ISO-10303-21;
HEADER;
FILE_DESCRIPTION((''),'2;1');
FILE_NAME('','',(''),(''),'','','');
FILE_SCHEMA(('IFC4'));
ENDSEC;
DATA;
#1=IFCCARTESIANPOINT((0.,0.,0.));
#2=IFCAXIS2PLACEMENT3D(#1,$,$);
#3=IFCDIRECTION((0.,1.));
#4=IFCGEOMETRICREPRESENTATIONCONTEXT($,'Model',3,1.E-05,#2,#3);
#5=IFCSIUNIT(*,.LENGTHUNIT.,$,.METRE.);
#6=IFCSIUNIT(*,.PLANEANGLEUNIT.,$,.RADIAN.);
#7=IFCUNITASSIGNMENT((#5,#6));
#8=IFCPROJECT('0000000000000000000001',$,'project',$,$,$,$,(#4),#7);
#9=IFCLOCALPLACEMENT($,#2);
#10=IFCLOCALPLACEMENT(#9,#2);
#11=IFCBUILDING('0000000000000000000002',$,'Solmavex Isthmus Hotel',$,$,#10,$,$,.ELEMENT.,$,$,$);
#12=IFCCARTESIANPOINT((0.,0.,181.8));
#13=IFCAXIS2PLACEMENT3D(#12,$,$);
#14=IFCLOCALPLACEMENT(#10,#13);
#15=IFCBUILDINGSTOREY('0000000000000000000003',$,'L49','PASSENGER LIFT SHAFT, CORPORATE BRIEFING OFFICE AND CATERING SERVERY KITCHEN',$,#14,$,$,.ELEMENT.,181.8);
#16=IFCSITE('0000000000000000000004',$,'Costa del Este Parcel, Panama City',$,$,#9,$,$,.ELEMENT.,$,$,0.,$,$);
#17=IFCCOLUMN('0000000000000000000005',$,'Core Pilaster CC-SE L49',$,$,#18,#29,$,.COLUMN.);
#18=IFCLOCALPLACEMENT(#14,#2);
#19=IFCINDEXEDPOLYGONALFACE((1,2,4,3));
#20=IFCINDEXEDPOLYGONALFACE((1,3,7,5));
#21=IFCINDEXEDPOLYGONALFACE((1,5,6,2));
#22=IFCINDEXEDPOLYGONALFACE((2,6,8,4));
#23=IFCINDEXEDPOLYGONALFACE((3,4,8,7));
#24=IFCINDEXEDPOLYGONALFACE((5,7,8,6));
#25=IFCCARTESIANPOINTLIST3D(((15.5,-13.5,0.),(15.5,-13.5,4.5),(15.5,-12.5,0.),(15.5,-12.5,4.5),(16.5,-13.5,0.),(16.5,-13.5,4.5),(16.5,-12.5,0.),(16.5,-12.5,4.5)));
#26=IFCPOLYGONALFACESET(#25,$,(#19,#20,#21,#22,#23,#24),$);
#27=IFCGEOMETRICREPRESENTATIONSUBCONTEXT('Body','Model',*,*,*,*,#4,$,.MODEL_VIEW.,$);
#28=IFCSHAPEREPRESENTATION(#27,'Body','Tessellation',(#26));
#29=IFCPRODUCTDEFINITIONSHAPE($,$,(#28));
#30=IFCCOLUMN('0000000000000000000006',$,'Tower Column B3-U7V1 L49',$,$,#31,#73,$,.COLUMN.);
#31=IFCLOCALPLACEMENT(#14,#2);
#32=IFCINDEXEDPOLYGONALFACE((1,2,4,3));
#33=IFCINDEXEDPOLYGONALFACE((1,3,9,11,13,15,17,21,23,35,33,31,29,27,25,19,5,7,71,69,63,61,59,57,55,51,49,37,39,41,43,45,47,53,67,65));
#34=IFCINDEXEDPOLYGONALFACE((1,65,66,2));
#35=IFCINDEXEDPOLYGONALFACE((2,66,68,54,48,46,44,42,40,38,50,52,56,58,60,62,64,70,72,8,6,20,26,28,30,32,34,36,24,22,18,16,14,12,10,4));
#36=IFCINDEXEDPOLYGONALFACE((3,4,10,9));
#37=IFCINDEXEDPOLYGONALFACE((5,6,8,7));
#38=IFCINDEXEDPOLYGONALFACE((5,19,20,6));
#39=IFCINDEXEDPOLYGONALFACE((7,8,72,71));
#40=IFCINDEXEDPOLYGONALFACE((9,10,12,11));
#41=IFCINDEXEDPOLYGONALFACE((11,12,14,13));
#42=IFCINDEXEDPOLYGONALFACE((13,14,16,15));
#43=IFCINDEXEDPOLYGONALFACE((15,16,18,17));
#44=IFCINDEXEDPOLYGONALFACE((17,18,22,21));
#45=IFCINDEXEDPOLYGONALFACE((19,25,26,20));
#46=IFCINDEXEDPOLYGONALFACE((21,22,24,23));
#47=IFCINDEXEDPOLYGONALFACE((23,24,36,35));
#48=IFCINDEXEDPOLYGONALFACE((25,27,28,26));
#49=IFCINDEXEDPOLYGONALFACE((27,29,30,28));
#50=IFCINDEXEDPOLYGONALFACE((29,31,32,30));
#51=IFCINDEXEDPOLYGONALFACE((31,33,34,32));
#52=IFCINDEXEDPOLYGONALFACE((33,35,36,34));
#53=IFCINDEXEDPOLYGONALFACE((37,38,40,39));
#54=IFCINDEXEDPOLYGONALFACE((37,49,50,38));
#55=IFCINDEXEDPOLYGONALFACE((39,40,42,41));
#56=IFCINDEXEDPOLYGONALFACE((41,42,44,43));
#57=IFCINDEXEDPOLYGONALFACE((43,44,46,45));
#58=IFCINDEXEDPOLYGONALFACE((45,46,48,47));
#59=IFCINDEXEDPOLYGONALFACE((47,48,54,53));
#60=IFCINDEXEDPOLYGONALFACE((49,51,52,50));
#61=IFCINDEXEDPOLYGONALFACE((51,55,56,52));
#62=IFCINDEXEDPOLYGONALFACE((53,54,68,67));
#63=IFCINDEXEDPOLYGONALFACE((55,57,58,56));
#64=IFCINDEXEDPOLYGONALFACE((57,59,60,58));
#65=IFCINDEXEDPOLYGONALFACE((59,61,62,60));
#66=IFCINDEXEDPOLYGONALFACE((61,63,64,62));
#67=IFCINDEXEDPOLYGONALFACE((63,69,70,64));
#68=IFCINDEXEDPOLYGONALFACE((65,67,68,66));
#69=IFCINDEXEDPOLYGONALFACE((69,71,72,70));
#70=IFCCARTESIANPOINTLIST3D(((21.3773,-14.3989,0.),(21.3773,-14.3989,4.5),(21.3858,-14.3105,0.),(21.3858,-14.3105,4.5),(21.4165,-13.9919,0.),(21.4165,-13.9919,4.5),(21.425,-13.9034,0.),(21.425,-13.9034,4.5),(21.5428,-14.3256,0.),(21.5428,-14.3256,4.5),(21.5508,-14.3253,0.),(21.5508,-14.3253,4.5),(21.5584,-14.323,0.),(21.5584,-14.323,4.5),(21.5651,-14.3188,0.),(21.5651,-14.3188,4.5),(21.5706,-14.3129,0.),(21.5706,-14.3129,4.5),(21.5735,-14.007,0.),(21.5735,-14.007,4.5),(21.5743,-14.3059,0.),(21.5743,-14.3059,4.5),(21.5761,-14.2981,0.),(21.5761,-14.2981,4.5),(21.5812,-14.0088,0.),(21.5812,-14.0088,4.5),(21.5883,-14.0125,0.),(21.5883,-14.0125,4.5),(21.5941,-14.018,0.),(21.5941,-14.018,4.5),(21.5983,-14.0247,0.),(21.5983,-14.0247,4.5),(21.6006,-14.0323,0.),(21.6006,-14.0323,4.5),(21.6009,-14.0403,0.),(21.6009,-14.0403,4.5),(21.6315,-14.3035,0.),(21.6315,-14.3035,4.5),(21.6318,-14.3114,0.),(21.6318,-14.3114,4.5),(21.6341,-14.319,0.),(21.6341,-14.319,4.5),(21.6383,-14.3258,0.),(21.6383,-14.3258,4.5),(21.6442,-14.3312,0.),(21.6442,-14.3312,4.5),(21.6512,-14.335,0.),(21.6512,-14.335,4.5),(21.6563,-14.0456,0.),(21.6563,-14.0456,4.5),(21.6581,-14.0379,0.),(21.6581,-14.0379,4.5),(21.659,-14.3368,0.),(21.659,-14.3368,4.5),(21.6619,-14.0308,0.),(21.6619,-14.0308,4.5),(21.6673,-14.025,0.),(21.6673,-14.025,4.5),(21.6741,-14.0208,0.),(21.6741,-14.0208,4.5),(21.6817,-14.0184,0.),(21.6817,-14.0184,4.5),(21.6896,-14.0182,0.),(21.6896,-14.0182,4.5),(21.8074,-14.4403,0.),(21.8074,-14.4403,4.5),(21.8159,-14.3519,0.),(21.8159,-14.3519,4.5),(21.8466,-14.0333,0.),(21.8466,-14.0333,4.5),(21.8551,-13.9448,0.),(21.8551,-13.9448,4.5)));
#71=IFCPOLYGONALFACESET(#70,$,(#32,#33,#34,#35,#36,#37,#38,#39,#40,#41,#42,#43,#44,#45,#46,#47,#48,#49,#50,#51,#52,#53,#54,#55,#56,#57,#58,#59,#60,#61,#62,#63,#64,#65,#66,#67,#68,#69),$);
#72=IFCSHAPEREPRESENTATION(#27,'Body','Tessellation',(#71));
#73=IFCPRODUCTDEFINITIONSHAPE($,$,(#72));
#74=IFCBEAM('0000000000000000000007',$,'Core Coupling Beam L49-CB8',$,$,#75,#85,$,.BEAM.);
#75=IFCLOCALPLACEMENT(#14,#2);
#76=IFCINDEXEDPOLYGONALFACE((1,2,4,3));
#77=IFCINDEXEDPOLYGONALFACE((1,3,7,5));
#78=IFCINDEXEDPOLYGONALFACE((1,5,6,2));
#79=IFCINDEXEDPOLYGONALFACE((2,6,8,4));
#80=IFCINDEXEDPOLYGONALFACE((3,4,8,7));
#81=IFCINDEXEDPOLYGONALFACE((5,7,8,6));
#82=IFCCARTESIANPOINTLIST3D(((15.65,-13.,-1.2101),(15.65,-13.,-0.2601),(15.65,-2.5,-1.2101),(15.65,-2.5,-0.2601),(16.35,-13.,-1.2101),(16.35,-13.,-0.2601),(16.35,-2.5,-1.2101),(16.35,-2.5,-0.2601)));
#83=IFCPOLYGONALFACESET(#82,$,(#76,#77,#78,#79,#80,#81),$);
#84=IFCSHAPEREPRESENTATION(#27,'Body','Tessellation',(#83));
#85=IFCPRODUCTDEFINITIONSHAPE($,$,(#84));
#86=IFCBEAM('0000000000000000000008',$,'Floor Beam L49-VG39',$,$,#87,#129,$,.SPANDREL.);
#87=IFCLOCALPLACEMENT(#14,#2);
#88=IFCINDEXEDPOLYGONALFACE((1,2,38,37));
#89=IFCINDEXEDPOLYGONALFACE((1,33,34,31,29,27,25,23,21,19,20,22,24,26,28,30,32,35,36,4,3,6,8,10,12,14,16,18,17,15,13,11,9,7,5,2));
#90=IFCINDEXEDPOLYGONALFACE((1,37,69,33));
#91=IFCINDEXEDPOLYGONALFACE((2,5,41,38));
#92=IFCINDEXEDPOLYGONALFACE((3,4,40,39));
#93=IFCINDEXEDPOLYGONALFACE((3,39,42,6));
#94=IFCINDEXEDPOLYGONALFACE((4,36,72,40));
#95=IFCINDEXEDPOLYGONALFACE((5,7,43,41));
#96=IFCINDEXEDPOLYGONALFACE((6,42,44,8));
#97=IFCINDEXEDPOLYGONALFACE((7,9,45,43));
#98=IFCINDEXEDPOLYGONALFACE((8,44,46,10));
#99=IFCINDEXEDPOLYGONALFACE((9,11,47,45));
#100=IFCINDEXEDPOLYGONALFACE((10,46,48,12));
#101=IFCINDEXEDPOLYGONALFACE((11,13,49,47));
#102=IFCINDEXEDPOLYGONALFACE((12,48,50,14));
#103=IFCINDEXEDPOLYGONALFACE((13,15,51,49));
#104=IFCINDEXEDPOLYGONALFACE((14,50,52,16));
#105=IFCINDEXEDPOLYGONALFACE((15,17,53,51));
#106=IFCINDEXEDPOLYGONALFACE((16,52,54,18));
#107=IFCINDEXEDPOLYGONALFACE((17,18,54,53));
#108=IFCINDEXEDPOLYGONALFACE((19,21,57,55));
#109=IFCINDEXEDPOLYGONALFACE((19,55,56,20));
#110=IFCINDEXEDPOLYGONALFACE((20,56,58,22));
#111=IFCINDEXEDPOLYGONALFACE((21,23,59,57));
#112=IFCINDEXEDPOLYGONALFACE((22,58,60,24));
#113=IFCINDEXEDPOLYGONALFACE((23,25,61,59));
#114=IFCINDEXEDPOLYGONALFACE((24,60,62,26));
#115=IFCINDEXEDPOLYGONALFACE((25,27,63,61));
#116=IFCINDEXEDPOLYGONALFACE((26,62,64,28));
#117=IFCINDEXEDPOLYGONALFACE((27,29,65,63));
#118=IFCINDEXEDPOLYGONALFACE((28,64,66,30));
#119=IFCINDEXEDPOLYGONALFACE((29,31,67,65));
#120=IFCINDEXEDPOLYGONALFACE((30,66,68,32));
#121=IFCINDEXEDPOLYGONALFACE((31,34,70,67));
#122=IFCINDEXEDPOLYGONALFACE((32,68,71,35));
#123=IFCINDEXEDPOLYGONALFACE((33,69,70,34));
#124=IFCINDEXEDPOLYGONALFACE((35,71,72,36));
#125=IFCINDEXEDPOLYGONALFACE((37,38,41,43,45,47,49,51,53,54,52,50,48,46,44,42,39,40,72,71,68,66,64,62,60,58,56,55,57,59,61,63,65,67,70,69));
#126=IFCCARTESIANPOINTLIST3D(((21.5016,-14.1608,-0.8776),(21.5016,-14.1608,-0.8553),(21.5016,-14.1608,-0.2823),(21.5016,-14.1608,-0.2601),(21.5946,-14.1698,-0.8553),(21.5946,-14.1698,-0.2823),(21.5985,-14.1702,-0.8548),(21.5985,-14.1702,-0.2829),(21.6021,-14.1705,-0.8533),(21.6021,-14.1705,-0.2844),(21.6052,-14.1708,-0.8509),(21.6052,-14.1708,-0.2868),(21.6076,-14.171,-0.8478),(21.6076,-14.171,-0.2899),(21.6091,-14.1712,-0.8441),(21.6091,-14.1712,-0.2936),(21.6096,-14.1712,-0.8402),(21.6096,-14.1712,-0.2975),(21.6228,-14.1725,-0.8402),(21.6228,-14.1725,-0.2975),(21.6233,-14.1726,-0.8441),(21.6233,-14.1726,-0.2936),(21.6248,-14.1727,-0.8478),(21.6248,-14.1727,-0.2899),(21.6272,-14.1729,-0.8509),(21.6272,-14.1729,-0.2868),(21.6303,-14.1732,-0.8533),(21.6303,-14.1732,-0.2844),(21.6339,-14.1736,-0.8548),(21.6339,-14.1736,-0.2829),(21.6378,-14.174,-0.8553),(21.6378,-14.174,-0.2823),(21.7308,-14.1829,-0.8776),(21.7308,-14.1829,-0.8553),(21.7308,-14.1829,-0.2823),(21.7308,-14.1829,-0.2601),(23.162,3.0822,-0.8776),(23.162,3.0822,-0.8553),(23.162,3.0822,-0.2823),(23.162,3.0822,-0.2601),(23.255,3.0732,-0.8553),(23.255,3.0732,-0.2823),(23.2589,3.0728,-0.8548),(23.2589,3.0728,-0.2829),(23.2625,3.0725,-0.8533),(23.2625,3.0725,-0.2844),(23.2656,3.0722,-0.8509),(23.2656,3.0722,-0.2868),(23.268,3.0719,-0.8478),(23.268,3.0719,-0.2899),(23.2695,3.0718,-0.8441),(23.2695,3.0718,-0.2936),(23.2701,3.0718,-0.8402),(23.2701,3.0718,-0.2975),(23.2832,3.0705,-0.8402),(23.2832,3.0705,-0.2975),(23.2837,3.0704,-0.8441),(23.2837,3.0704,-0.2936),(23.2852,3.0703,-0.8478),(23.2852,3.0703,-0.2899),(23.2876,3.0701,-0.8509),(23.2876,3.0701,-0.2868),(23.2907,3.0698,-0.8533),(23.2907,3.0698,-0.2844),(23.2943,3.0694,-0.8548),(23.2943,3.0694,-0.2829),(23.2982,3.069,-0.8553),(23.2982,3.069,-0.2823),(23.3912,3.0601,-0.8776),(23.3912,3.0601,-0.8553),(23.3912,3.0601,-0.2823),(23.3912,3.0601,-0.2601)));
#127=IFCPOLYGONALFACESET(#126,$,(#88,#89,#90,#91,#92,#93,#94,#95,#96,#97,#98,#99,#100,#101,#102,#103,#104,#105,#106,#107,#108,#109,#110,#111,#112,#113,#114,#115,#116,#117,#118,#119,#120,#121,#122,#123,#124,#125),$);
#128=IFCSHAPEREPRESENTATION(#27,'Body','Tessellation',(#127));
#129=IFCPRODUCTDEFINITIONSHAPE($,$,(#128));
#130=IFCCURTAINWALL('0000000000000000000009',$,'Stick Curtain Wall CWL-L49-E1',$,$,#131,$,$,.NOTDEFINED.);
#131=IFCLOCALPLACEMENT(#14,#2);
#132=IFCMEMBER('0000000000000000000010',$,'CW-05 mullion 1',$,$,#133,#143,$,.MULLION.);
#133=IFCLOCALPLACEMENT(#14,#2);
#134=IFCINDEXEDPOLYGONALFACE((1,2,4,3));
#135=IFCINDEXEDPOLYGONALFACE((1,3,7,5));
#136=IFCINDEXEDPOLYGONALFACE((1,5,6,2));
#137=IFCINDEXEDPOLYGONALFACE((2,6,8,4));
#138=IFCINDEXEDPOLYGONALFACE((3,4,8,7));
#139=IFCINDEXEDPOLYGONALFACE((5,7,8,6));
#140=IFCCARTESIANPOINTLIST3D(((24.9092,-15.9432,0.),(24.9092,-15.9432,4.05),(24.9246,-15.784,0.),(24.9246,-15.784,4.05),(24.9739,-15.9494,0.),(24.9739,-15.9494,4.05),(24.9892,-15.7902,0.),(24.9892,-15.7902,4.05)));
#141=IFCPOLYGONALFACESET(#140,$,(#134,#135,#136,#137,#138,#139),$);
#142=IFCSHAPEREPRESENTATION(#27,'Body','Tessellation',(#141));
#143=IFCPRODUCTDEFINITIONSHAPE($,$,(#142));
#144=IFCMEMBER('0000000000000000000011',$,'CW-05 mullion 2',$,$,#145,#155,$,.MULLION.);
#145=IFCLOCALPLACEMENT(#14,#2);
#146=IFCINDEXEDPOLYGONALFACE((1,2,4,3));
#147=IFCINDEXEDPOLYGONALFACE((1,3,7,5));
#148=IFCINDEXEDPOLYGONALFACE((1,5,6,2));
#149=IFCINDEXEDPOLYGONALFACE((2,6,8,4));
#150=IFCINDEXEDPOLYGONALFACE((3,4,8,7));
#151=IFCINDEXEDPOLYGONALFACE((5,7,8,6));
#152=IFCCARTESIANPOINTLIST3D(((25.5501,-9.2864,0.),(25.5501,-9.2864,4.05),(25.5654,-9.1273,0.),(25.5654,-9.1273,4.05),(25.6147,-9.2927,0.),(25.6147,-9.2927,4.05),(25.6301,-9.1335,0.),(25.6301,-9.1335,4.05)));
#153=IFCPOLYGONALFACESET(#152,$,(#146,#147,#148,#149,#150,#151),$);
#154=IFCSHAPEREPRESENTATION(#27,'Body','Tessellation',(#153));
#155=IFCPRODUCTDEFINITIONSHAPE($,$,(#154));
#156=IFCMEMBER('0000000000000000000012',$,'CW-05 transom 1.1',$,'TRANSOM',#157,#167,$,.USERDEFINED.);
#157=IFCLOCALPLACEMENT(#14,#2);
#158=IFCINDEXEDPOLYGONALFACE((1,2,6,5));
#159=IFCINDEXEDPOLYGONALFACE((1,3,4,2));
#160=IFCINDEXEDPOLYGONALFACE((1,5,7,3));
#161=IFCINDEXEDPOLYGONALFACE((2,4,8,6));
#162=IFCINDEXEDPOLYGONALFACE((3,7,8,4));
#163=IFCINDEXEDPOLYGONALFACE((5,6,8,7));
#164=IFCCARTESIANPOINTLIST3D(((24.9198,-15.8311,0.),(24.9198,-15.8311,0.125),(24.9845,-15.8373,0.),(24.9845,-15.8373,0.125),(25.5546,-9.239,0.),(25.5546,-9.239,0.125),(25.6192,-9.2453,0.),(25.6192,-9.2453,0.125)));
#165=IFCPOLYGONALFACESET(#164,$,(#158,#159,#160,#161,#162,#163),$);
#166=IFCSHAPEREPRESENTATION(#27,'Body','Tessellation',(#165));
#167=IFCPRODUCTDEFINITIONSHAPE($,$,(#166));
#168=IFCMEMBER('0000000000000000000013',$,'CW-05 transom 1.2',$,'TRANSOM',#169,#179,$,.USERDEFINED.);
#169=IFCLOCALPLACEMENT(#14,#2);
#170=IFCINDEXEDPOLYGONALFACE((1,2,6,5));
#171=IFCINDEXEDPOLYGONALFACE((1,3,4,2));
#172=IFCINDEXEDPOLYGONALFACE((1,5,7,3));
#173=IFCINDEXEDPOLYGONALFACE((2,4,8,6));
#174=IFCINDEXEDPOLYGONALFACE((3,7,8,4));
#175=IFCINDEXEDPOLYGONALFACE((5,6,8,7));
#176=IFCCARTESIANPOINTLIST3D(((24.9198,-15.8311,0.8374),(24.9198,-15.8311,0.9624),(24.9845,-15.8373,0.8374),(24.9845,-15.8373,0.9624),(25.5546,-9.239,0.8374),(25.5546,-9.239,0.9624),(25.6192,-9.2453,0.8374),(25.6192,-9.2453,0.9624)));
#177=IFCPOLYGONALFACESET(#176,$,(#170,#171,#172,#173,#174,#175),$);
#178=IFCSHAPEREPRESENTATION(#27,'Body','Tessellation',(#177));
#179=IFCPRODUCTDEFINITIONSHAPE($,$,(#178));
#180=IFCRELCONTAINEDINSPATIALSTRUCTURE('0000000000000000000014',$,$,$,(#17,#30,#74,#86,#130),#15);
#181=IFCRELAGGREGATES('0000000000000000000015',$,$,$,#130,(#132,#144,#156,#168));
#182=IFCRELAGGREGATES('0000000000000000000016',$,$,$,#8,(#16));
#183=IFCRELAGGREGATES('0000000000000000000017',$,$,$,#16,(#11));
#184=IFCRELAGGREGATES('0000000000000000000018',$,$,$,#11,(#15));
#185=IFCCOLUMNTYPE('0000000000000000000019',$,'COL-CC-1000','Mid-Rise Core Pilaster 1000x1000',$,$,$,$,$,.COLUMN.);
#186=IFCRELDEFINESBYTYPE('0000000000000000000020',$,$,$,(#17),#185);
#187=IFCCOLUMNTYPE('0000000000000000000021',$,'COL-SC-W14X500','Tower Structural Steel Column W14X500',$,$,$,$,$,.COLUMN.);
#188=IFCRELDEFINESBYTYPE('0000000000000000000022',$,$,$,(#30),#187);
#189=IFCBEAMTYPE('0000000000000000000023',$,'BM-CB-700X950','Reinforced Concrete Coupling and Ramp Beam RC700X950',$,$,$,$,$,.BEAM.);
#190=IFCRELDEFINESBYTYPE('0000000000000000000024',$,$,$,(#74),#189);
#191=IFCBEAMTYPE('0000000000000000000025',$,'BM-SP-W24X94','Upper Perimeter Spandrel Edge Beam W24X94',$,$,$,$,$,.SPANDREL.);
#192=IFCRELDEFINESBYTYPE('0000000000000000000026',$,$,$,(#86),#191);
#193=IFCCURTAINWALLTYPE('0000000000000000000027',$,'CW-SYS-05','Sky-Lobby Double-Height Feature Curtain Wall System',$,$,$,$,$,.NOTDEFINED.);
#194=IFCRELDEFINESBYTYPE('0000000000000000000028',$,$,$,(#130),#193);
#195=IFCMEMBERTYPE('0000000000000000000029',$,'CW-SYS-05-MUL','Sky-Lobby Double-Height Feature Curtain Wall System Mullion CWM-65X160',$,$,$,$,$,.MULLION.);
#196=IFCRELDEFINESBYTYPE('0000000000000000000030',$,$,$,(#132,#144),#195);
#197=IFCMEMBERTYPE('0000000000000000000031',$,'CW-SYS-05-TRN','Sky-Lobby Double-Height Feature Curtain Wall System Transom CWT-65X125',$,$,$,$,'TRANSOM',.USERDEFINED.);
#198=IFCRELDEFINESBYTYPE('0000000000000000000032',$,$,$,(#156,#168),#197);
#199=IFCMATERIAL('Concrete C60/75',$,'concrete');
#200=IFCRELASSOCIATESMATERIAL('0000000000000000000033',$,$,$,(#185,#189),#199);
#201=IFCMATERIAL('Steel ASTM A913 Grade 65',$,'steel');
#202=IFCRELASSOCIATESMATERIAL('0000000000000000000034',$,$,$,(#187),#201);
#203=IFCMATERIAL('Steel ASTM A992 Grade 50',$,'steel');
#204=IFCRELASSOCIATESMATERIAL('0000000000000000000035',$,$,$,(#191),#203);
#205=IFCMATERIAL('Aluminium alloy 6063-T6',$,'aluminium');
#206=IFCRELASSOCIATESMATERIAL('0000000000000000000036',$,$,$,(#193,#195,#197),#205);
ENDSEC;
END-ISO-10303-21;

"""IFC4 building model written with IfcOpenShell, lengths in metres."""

from ifc_helpers import new_model, si_unit, direction, frame, origin, origin_2d, place, context, subcontext, project, spatial, rectangle, i_section, extrude, material, material_profile, profile_set, type_object, element, aggregate, save


model = new_model("IFC4")

# Units and contexts
model_context = context("Model", 3, precision=1e-05, world=origin(), true_north=direction((0.0, 1.0)))
body_context = subcontext(model_context, "Body", "Model", "MODEL_VIEW")
ifc_project = project(units=[si_unit("LENGTHUNIT", "METRE"), si_unit("PLANEANGLEUNIT", "RADIAN")], contexts=[model_context])

# Site, building, storey
site_placement = place(None, origin())
site = spatial("IfcSite", under=ifc_project, at=site_placement, Name="Costa del Este Parcel, Panama City", CompositionType="ELEMENT", RefElevation=0.0)
building_placement = place(site_placement, origin())
building = spatial("IfcBuilding", under=site, at=building_placement, Name="Solmavex Isthmus Hotel", CompositionType="ELEMENT")
storey_placement = place(building_placement, frame((0.0, 0.0, 181.8)))
storey = spatial("IfcBuildingStorey", under=building, at=storey_placement, Name="L49", Description="PASSENGER LIFT SHAFT, CORPORATE BRIEFING OFFICE AND CATERING SERVERY KITCHEN", CompositionType="ELEMENT", Elevation=181.8)

# Columns
ifc_material_1 = material(Name="Concrete C60/75", Category="concrete")
ifc_material_profile_1 = material_profile(ifc_material_1, rectangle(XDim=1.0, YDim=1.0, at=origin_2d()), Name="RC1000X1000")
ifc_profile_set_1 = profile_set([ifc_material_profile_1], Name="Concrete C60/75")
column_type_1 = type_object("IfcColumnType", Name="COL-CC-1000", Description="Mid-Rise Core Pilaster 1000x1000", PredefinedType="COLUMN", material=ifc_profile_set_1)
column_1_placement = place(storey_placement, frame((16.0, -13.0, 0.0), z_axis=(0.0, 0.0, 1.0), x_axis=(1.0, 0.0, 0.0)))
element("IfcColumn", 1, at=column_1_placement, inside=storey, type_object=column_type_1, Name="Core Pilaster CC-SE L49", PredefinedType="COLUMN", context=body_context, shape_type="SweptSolid", body=[
    extrude(rectangle(XDim=1.0, YDim=1.0, at=origin_2d()), origin(), (0.0, 0.0, 1.0), 4.5),
])
ifc_material_2 = material(Name="Steel ASTM A913 Grade 65", Category="steel")
ifc_material_profile_2 = material_profile(ifc_material_2, i_section(OverallWidth=0.4321, OverallDepth=0.4978, WebThickness=0.0557, FlangeThickness=0.0889, FilletRadius=0.0305, at=origin_2d()), Name="W14X500")
ifc_profile_set_2 = profile_set([ifc_material_profile_2], Name="Steel ASTM A913 Grade 65")
column_type_2 = type_object("IfcColumnType", Name="COL-SC-W14X500", Description="Tower Structural Steel Column W14X500", PredefinedType="COLUMN", material=ifc_profile_set_2)
column_2_placement = place(storey_placement, frame((21.6162, -14.1719, 0.0), z_axis=(0.0, 0.0, 1.0), x_axis=(0.995396, -0.095846, 0.0)))
element("IfcColumn", 2, at=column_2_placement, inside=storey, type_object=column_type_2, Name="Tower Column B3-U7V1 L49", PredefinedType="COLUMN", context=body_context, shape_type="SweptSolid", body=[
    extrude(i_section(OverallWidth=0.4321, OverallDepth=0.4978, WebThickness=0.0557, FlangeThickness=0.0889, FilletRadius=0.0305, at=origin_2d()), origin(), (0.0, 0.0, 1.0), 4.5),
])

# Beams
ifc_material_profile_3 = material_profile(ifc_material_1, rectangle(XDim=0.7, YDim=0.95, at=origin_2d()), Name="RC700X950")
ifc_profile_set_3 = profile_set([ifc_material_profile_3], Name="Concrete C60/75")
beam_type_1 = type_object("IfcBeamType", Name="BM-CB-700X950", Description="Reinforced Concrete Coupling and Ramp Beam RC700X950", PredefinedType="BEAM", material=ifc_profile_set_3)
beam_1_placement = place(storey_placement, frame((16.0, -13.0, -0.7351), z_axis=(0.0, 1.0, 0.0), x_axis=(-1.0, 0.0, 0.0)))
element("IfcBeam", 3, at=beam_1_placement, inside=storey, type_object=beam_type_1, Name="Core Coupling Beam L49-CB8", PredefinedType="BEAM", context=body_context, shape_type="SweptSolid", body=[
    extrude(rectangle(XDim=0.7, YDim=0.95, at=origin_2d()), origin(), (0.0, 0.0, 1.0), 10.5),
])
ifc_material_3 = material(Name="Steel ASTM A992 Grade 50", Category="steel")
ifc_material_profile_4 = material_profile(ifc_material_3, i_section(OverallWidth=0.2302, OverallDepth=0.6174, WebThickness=0.0132, FlangeThickness=0.0222, FilletRadius=0.0151, at=origin_2d()), Name="W24X94")
ifc_profile_set_4 = profile_set([ifc_material_profile_4], Name="Steel ASTM A992 Grade 50")
beam_type_2 = type_object("IfcBeamType", Name="BM-SP-W24X94", Description="Upper Perimeter Spandrel Edge Beam W24X94", PredefinedType="SPANDREL", material=ifc_profile_set_4)
beam_2_placement = place(storey_placement, frame((21.6162, -14.1719, -0.5688), z_axis=(0.095851, 0.995396, 0.0), x_axis=(-0.995396, 0.095851, 0.0)))
element("IfcBeam", 4, at=beam_2_placement, inside=storey, type_object=beam_type_2, Name="Floor Beam L49-VG39", PredefinedType="SPANDREL", context=body_context, shape_type="SweptSolid", body=[
    extrude(i_section(OverallWidth=0.2302, OverallDepth=0.6174, WebThickness=0.0132, FlangeThickness=0.0222, FilletRadius=0.0151, at=origin_2d()), origin(), (0.0, 0.0, 1.0), 17.3228),
])

# Curtain wall, members
ifc_material_4 = material(Name="Aluminium alloy 6063-T6", Category="aluminium")
curtain_wall_type = type_object("IfcCurtainWallType", Name="CW-SYS-05", Description="Sky-Lobby Double-Height Feature Curtain Wall System", PredefinedType="NOTDEFINED", material=ifc_material_4)
curtain_wall_placement = place(storey_placement, origin())
curtain_wall = element("IfcCurtainWall", 5, at=curtain_wall_placement, inside=storey, type_object=curtain_wall_type, Name="Stick Curtain Wall CWL-L49-E1", PredefinedType="NOTDEFINED")
ifc_material_profile_5 = material_profile(ifc_material_4, rectangle(XDim=0.0649, YDim=0.1599, at=origin_2d()), Name="CWM-65X160")
ifc_profile_set_5 = profile_set([ifc_material_profile_5], Name="Aluminium alloy 6063-T6")
member_type_1 = type_object("IfcMemberType", Name="CW-SYS-05-MUL", Description="Sky-Lobby Double-Height Feature Curtain Wall System Mullion CWM-65X160", PredefinedType="MULLION", material=ifc_profile_set_5)
member_1_placement = place(storey_placement, frame((24.9492, -15.8667, 0.0), z_axis=(0.0, 0.0, 1.0), x_axis=(-0.995396, 0.095846, 0.0)))
member_1 = element("IfcMember", 6, at=member_1_placement, type_object=member_type_1, Name="CW-05 mullion 1", PredefinedType="MULLION", context=body_context, shape_type="SweptSolid", body=[
    extrude(rectangle(XDim=0.0649, YDim=0.1599, at=origin_2d()), origin(), (0.0, 0.0, 1.0), 4.05),
])
member_2_placement = place(storey_placement, frame((25.5901, -9.21, 0.0), z_axis=(0.0, 0.0, 1.0), x_axis=(-0.995396, 0.095846, 0.0)))
member_2 = element("IfcMember", 7, at=member_2_placement, type_object=member_type_1, Name="CW-05 mullion 2", PredefinedType="MULLION", context=body_context, shape_type="SweptSolid", body=[
    extrude(rectangle(XDim=0.0649, YDim=0.1599, at=origin_2d()), origin(), (0.0, 0.0, 1.0), 4.05),
])
ifc_material_profile_6 = material_profile(ifc_material_4, rectangle(XDim=0.0649, YDim=0.125, at=origin_2d()), Name="CWT-65X125")
ifc_profile_set_6 = profile_set([ifc_material_profile_6], Name="Aluminium alloy 6063-T6")
member_type_2 = type_object("IfcMemberType", Name="CW-SYS-05-TRN", Description="Sky-Lobby Double-Height Feature Curtain Wall System Transom CWT-65X125", ElementType="TRANSOM", PredefinedType="USERDEFINED", material=ifc_profile_set_6)
member_3_placement = place(storey_placement, frame((24.9521, -15.8342, 0.0625), z_axis=(0.095849, 0.995396, 0.0), x_axis=(-0.995396, 0.095849, 0.0)))
member_3 = element("IfcMember", 8, at=member_3_placement, type_object=member_type_2, Name="CW-05 transom 1.1", ObjectType="TRANSOM", PredefinedType="USERDEFINED", context=body_context, shape_type="SweptSolid", body=[
    extrude(rectangle(XDim=0.0649, YDim=0.125, at=origin_2d()), origin(), (0.0, 0.0, 1.0), 6.6226),
])
member_4_placement = place(storey_placement, frame((24.9521, -15.8342, 0.8999), z_axis=(0.095849, 0.995396, 0.0), x_axis=(-0.995396, 0.095849, 0.0)))
member_4 = element("IfcMember", 9, at=member_4_placement, type_object=member_type_2, Name="CW-05 transom 1.2", ObjectType="TRANSOM", PredefinedType="USERDEFINED", context=body_context, shape_type="SweptSolid", body=[
    extrude(rectangle(XDim=0.0649, YDim=0.125, at=origin_2d()), origin(), (0.0, 0.0, 1.0), 6.6226),
])
aggregate(curtain_wall, [member_1, member_2, member_3, member_4])

save(model, "model.ifc")
